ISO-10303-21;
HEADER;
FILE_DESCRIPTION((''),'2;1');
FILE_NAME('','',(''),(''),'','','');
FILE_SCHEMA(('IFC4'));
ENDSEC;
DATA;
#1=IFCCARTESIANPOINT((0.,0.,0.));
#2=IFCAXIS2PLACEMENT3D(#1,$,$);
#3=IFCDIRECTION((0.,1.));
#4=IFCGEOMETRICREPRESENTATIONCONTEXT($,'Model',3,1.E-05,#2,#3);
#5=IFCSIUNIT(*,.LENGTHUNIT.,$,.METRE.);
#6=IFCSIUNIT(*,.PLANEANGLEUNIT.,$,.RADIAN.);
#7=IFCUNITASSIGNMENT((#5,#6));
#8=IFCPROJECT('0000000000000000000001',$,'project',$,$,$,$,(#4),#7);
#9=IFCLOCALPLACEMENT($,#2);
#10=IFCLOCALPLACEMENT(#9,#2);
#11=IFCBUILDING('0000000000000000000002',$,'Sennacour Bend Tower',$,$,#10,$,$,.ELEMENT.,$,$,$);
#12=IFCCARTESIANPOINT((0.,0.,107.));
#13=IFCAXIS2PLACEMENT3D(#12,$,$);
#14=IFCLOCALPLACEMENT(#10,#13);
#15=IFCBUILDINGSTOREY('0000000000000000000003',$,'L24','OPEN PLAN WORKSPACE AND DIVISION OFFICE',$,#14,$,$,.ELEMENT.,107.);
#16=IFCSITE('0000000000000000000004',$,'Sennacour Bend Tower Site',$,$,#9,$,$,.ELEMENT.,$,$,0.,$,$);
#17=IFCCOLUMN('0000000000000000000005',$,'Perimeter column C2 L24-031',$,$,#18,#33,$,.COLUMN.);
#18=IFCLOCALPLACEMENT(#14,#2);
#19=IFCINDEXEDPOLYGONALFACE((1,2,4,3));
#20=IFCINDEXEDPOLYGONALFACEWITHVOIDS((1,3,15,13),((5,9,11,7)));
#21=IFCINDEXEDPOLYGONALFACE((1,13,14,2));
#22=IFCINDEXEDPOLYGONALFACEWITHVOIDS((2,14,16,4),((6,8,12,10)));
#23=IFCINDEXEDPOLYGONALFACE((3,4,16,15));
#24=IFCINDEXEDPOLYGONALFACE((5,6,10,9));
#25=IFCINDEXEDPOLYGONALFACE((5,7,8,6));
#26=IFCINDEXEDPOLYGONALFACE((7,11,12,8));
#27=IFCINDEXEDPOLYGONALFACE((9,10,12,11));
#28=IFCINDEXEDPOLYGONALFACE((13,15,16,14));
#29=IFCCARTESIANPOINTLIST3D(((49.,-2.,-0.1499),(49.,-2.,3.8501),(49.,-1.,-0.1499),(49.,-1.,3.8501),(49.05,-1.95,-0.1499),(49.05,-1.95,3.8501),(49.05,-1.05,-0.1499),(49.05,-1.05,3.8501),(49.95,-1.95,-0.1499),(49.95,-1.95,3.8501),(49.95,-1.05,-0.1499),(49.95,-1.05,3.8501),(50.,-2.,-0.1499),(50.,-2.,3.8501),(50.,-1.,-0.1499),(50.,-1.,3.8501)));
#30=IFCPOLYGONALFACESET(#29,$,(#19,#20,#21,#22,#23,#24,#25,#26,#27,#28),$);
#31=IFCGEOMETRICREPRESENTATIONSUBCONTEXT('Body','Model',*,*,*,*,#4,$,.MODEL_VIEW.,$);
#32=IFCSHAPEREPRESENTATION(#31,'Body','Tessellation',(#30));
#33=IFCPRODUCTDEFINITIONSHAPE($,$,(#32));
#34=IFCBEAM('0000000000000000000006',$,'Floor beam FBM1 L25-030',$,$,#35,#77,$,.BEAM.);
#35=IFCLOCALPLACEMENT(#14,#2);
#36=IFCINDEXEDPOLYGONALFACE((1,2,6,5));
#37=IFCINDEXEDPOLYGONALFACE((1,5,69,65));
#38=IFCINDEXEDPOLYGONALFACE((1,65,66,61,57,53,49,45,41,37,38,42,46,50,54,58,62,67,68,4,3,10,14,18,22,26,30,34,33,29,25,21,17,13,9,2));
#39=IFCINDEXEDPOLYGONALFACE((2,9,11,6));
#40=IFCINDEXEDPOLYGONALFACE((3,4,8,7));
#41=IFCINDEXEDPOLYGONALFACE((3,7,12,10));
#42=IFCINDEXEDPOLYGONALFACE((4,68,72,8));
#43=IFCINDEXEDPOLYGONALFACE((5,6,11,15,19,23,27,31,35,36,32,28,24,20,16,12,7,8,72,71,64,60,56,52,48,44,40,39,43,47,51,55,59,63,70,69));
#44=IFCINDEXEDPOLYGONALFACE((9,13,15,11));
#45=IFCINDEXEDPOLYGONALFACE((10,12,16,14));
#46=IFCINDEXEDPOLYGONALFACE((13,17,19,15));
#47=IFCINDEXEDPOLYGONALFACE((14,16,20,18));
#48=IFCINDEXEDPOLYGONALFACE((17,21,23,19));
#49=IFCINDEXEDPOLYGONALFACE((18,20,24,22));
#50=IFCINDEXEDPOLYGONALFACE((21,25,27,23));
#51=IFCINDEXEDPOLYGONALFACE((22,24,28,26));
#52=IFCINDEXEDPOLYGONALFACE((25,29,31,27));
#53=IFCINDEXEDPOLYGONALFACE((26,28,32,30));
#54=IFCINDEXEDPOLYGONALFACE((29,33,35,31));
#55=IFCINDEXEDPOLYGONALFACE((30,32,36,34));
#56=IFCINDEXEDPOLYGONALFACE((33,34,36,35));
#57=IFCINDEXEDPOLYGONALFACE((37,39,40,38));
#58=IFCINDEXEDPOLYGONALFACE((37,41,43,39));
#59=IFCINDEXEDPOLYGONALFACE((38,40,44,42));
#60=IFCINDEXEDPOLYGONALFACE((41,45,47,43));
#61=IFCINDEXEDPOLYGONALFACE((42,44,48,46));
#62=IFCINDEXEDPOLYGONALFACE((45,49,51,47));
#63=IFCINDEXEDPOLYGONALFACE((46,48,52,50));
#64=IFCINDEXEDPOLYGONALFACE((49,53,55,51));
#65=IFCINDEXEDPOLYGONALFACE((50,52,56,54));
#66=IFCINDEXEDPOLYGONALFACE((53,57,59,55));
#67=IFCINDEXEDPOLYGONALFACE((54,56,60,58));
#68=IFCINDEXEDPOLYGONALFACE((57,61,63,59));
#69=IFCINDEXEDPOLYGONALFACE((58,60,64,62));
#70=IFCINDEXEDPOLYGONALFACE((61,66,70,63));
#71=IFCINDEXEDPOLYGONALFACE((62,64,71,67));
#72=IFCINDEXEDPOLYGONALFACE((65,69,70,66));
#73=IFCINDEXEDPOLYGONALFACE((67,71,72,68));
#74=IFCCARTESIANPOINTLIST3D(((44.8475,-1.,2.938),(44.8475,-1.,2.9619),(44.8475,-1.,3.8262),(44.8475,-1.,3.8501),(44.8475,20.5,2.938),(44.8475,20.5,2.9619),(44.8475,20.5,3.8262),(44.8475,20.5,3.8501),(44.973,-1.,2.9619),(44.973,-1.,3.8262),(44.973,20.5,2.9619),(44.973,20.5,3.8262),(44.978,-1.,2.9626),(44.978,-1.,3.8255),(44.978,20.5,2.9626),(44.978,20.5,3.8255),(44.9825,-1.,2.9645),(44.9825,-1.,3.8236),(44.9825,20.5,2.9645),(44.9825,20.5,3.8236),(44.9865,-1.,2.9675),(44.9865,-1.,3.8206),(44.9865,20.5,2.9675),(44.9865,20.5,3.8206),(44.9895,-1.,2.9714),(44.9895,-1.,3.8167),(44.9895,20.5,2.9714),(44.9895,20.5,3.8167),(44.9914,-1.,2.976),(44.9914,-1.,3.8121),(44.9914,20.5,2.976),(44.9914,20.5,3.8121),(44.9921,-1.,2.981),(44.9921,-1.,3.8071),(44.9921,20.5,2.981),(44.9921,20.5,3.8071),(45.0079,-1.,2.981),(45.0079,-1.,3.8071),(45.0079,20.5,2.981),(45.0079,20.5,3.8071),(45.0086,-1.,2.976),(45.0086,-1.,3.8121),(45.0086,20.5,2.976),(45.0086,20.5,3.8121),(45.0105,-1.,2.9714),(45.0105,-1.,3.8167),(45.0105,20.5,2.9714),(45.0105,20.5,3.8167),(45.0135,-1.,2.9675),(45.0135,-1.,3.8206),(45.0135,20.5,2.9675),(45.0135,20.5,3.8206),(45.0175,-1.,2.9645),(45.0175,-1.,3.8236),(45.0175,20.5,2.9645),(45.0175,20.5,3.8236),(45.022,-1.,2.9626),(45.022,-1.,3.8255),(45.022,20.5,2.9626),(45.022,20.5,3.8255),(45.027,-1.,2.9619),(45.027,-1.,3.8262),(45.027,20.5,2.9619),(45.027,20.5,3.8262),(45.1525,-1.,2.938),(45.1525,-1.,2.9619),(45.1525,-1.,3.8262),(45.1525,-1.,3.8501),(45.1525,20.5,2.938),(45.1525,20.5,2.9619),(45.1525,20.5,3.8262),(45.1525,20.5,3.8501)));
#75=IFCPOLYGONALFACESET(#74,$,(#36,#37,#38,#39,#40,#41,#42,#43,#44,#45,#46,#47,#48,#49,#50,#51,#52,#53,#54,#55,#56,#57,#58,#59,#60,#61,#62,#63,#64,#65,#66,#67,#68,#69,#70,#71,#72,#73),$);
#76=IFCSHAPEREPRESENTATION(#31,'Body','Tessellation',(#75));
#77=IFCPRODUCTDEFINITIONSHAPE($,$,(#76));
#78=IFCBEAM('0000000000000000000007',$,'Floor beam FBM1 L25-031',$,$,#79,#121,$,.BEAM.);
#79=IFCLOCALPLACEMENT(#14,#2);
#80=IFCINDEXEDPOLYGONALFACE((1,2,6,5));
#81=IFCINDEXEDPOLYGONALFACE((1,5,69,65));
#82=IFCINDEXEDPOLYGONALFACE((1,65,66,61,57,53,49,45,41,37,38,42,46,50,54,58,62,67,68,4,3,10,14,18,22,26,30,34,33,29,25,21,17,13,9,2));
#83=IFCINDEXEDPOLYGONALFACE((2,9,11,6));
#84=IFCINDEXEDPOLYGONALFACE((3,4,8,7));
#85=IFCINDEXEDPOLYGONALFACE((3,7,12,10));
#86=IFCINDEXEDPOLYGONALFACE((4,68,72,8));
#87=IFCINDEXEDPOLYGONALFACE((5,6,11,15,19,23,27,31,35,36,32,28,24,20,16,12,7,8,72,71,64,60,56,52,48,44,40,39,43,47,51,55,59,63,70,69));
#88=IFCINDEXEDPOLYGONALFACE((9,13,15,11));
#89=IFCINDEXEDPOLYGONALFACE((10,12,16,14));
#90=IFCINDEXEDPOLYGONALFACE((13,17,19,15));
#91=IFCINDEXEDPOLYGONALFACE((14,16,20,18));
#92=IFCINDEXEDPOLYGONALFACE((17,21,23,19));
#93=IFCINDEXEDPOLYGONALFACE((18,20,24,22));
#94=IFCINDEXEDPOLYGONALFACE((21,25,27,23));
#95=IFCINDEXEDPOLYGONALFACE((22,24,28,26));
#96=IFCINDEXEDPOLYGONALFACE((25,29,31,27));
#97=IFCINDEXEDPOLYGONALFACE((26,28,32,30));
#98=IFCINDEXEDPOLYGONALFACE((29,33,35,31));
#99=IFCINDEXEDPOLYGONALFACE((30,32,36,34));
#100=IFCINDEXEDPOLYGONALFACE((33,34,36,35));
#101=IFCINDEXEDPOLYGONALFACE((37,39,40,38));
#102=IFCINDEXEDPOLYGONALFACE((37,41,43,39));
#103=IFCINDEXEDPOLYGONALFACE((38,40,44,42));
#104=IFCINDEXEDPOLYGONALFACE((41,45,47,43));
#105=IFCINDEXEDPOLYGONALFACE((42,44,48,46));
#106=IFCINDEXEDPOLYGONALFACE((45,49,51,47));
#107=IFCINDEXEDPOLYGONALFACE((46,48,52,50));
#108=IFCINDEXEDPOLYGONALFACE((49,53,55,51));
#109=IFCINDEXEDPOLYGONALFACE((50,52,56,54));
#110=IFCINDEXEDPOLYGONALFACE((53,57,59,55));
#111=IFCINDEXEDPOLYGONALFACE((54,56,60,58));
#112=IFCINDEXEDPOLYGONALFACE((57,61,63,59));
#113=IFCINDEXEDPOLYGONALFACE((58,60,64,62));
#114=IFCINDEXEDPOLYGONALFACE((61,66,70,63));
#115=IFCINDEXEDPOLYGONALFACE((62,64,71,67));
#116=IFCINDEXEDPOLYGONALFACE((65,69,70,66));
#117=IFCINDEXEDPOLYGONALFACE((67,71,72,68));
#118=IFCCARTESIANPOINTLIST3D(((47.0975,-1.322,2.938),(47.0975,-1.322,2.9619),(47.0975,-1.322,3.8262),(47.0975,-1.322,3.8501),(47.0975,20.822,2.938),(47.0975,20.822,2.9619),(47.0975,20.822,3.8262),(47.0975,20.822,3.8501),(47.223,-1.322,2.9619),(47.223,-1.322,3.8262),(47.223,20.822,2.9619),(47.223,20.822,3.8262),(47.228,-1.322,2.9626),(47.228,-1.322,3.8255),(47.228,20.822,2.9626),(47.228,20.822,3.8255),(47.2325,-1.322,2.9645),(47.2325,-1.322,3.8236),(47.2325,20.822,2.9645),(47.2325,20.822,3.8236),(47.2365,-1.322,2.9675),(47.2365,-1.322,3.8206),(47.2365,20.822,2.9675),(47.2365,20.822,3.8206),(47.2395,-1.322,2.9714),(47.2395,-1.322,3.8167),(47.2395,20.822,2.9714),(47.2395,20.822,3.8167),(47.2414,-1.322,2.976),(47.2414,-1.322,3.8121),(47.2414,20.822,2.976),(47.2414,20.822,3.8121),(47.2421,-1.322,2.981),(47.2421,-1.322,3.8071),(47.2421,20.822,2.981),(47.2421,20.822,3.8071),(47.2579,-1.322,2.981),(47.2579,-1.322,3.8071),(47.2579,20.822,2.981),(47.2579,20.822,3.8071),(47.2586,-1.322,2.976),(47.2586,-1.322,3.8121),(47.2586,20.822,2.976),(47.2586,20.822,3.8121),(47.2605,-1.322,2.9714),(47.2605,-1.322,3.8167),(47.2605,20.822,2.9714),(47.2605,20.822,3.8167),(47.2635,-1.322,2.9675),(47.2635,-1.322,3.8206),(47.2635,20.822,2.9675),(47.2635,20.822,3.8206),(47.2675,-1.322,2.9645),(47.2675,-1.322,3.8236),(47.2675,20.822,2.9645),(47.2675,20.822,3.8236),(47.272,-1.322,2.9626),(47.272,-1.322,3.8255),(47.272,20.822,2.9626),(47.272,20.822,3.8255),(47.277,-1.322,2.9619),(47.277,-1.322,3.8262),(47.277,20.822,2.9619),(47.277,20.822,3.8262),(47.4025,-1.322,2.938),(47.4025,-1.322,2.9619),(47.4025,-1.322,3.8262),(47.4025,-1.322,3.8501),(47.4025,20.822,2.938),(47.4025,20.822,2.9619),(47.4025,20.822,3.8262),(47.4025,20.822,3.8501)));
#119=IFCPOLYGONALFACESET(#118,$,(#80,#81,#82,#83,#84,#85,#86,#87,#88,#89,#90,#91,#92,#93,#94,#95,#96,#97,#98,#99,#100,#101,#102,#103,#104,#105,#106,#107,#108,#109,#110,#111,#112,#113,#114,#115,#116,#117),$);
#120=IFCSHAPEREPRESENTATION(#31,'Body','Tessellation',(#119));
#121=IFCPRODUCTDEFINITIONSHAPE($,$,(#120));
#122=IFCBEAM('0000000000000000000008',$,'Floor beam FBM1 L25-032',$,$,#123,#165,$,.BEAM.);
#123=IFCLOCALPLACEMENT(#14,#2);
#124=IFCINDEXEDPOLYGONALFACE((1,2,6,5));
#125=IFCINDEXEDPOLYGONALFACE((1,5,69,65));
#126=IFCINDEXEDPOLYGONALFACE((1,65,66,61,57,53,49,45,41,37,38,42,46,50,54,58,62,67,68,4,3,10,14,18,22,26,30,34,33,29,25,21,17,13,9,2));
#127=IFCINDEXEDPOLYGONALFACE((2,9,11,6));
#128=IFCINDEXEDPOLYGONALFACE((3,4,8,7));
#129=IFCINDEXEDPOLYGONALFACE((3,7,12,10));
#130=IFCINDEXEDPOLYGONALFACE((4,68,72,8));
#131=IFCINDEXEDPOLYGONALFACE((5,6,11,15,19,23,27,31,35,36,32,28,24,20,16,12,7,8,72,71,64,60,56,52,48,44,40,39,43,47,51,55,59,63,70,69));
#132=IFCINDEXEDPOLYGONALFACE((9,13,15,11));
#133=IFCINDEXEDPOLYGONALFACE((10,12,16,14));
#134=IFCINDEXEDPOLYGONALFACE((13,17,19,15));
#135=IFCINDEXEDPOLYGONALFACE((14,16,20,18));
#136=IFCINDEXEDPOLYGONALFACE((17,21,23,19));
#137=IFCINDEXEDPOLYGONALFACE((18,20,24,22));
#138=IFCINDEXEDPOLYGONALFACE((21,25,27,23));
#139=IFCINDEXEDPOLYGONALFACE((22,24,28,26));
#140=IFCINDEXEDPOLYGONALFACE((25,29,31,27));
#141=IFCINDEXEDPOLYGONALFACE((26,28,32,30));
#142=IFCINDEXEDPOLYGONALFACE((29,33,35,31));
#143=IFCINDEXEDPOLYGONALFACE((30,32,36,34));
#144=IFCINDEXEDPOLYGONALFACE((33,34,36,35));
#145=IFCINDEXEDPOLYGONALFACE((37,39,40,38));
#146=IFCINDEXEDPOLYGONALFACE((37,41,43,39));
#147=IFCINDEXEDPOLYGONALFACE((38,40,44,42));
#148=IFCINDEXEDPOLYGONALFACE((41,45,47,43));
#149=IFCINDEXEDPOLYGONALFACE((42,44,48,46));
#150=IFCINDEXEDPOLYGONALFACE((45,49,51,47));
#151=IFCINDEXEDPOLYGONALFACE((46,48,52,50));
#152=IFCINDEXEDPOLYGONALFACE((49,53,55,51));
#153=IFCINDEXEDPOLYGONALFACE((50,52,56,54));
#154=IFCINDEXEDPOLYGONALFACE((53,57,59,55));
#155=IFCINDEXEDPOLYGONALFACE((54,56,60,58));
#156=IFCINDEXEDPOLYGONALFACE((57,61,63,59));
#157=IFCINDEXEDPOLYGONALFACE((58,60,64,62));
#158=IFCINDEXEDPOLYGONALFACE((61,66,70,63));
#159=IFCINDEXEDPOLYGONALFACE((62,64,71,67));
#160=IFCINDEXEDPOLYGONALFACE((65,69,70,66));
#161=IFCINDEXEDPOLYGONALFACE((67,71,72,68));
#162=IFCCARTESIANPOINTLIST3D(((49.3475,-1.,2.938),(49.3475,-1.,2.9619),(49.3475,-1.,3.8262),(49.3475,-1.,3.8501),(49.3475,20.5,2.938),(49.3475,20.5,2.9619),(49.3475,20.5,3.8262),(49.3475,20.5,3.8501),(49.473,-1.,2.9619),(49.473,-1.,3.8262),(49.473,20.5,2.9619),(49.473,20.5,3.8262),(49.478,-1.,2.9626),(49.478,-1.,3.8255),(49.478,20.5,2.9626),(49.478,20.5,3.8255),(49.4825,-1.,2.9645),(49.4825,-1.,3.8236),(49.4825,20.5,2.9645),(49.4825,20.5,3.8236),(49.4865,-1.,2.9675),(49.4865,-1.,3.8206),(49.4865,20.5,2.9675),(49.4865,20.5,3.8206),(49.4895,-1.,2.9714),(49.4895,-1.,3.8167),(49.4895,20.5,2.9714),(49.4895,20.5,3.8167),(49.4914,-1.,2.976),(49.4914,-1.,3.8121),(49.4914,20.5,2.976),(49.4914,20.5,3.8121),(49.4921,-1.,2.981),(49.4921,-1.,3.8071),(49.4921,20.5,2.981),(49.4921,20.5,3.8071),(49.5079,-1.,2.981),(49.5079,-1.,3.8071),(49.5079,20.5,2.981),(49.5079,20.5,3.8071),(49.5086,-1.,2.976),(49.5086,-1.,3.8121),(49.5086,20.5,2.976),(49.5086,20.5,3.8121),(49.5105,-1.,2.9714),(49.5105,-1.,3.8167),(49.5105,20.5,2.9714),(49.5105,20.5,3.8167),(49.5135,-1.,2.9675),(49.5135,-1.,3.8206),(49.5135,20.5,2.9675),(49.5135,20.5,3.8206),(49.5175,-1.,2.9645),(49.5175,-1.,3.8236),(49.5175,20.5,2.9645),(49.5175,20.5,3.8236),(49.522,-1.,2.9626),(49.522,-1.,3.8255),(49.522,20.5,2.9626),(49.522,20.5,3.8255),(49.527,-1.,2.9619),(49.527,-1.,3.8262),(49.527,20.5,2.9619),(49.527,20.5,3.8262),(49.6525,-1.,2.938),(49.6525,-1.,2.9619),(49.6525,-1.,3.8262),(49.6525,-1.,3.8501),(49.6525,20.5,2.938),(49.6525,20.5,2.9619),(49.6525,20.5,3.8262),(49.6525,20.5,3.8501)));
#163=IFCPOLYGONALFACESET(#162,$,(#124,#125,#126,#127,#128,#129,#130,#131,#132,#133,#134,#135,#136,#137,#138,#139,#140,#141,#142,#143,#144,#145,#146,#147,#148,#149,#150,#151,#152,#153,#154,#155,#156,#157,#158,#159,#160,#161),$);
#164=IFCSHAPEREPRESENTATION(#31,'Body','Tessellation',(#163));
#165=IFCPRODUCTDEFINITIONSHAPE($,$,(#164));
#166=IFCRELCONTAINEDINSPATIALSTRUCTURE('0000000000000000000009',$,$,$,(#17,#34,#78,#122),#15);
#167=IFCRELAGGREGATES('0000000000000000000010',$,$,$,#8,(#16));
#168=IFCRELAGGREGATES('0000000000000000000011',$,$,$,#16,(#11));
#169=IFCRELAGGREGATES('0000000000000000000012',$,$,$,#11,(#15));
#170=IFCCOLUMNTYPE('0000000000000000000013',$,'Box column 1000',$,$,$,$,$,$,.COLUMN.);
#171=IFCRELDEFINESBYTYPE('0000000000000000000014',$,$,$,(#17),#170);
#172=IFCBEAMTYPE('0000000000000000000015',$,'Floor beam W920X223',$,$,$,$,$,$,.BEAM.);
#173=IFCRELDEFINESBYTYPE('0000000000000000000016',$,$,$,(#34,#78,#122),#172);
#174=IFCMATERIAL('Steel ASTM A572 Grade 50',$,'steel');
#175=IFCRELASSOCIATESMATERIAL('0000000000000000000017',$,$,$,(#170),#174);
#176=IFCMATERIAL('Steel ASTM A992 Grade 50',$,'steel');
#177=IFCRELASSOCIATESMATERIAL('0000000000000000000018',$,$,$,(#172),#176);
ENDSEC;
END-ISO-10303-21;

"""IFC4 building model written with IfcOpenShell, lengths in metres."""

from ifc_helpers import new_model, si_unit, direction, frame, origin, origin_2d, place, context, subcontext, project, spatial, hollow_rectangle, i_section, extrude, material, material_profile, profile_set, type_object, element, save


model = new_model("IFC4")

# Units and contexts
model_context = context("Model", 3, precision=1e-05, world=origin(), true_north=direction((0.0, 1.0)))
body_context = subcontext(model_context, "Body", "Model", "MODEL_VIEW")
ifc_project = project(units=[si_unit("LENGTHUNIT", "METRE"), si_unit("PLANEANGLEUNIT", "RADIAN")], contexts=[model_context])

# Site, building, storey
site_placement = place(None, origin())
site = spatial("IfcSite", under=ifc_project, at=site_placement, Name="Sennacour Bend Tower Site", CompositionType="ELEMENT", RefElevation=0.0)
building_placement = place(site_placement, origin())
building = spatial("IfcBuilding", under=site, at=building_placement, Name="Sennacour Bend Tower", CompositionType="ELEMENT")
storey_placement = place(building_placement, frame((0.0, 0.0, 107.0)))
storey = spatial("IfcBuildingStorey", under=building, at=storey_placement, Name="L24", Description="OPEN PLAN WORKSPACE AND DIVISION OFFICE", CompositionType="ELEMENT", Elevation=107.0)

# Column
ifc_material_1 = material(Name="Steel ASTM A572 Grade 50", Category="steel")
ifc_material_profile_1 = material_profile(ifc_material_1, hollow_rectangle(XDim=1.0, YDim=1.0, WallThickness=0.05, at=origin_2d()), Name="Steel ASTM A572 Grade 50", Category="steel")
ifc_profile_set_1 = profile_set([ifc_material_profile_1], Name="Steel ASTM A572 Grade 50")
column_type = type_object("IfcColumnType", Name="Box column 1000", PredefinedType="COLUMN", material=ifc_profile_set_1)
column_placement = place(storey_placement, frame((49.5, -1.5, -0.1499), z_axis=(0.0, 0.0, 1.0), x_axis=(1.0, 0.0, 0.0)))
element("IfcColumn", 1, at=column_placement, inside=storey, type_object=column_type, Name="Perimeter column C2 L24-031", PredefinedType="COLUMN", context=body_context, shape_type="SweptSolid", body=[
    extrude(hollow_rectangle(XDim=1.0, YDim=1.0, WallThickness=0.05, at=origin_2d()), origin(), (0.0, 0.0, 1.0), 4.0),
])

# Beams
ifc_material_2 = material(Name="Steel ASTM A992 Grade 50", Category="steel")
ifc_material_profile_2 = material_profile(ifc_material_2, i_section(OverallWidth=0.3049, OverallDepth=0.9121, WebThickness=0.0159, FlangeThickness=0.0239, FilletRadius=0.019, at=origin_2d()), Name="Steel ASTM A992 Grade 50", Category="steel")
ifc_profile_set_2 = profile_set([ifc_material_profile_2], Name="Steel ASTM A992 Grade 50")
beam_type_1 = type_object("IfcBeamType", Name="Floor beam W920X223", PredefinedType="BEAM", material=ifc_profile_set_2)
beam_1_placement = place(storey_placement, frame((45.0, -1.0, 3.394), z_axis=(0.0, 1.0, 0.0), x_axis=(-1.0, 0.0, 0.0)))
element("IfcBeam", 2, at=beam_1_placement, inside=storey, type_object=beam_type_1, Name="Floor beam FBM1 L25-030", PredefinedType="BEAM", context=body_context, shape_type="SweptSolid", body=[
    extrude(i_section(OverallWidth=0.3049, OverallDepth=0.9121, WebThickness=0.0159, FlangeThickness=0.0239, FilletRadius=0.019, at=origin_2d()), origin(), (0.0, 0.0, 1.0), 21.5),
])
beam_2_placement = place(storey_placement, frame((47.25, -1.322, 3.394), z_axis=(0.0, 1.0, 0.0), x_axis=(-1.0, 0.0, 0.0)))
element("IfcBeam", 3, at=beam_2_placement, inside=storey, type_object=beam_type_1, Name="Floor beam FBM1 L25-031", PredefinedType="BEAM", context=body_context, shape_type="SweptSolid", body=[
    extrude(i_section(OverallWidth=0.3049, OverallDepth=0.9121, WebThickness=0.0159, FlangeThickness=0.0239, FilletRadius=0.019, at=origin_2d()), origin(), (0.0, 0.0, 1.0), 22.144),
])
beam_3_placement = place(storey_placement, frame((49.5, -1.0, 3.394), z_axis=(0.0, 1.0, 0.0), x_axis=(-1.0, 0.0, 0.0)))
element("IfcBeam", 4, at=beam_3_placement, inside=storey, type_object=beam_type_1, Name="Floor beam FBM1 L25-032", PredefinedType="BEAM", context=body_context, shape_type="SweptSolid", body=[
    extrude(i_section(OverallWidth=0.3049, OverallDepth=0.9121, WebThickness=0.0159, FlangeThickness=0.0239, FilletRadius=0.019, at=origin_2d()), origin(), (0.0, 0.0, 1.0), 21.5),
])

save(model, "model.ifc")
